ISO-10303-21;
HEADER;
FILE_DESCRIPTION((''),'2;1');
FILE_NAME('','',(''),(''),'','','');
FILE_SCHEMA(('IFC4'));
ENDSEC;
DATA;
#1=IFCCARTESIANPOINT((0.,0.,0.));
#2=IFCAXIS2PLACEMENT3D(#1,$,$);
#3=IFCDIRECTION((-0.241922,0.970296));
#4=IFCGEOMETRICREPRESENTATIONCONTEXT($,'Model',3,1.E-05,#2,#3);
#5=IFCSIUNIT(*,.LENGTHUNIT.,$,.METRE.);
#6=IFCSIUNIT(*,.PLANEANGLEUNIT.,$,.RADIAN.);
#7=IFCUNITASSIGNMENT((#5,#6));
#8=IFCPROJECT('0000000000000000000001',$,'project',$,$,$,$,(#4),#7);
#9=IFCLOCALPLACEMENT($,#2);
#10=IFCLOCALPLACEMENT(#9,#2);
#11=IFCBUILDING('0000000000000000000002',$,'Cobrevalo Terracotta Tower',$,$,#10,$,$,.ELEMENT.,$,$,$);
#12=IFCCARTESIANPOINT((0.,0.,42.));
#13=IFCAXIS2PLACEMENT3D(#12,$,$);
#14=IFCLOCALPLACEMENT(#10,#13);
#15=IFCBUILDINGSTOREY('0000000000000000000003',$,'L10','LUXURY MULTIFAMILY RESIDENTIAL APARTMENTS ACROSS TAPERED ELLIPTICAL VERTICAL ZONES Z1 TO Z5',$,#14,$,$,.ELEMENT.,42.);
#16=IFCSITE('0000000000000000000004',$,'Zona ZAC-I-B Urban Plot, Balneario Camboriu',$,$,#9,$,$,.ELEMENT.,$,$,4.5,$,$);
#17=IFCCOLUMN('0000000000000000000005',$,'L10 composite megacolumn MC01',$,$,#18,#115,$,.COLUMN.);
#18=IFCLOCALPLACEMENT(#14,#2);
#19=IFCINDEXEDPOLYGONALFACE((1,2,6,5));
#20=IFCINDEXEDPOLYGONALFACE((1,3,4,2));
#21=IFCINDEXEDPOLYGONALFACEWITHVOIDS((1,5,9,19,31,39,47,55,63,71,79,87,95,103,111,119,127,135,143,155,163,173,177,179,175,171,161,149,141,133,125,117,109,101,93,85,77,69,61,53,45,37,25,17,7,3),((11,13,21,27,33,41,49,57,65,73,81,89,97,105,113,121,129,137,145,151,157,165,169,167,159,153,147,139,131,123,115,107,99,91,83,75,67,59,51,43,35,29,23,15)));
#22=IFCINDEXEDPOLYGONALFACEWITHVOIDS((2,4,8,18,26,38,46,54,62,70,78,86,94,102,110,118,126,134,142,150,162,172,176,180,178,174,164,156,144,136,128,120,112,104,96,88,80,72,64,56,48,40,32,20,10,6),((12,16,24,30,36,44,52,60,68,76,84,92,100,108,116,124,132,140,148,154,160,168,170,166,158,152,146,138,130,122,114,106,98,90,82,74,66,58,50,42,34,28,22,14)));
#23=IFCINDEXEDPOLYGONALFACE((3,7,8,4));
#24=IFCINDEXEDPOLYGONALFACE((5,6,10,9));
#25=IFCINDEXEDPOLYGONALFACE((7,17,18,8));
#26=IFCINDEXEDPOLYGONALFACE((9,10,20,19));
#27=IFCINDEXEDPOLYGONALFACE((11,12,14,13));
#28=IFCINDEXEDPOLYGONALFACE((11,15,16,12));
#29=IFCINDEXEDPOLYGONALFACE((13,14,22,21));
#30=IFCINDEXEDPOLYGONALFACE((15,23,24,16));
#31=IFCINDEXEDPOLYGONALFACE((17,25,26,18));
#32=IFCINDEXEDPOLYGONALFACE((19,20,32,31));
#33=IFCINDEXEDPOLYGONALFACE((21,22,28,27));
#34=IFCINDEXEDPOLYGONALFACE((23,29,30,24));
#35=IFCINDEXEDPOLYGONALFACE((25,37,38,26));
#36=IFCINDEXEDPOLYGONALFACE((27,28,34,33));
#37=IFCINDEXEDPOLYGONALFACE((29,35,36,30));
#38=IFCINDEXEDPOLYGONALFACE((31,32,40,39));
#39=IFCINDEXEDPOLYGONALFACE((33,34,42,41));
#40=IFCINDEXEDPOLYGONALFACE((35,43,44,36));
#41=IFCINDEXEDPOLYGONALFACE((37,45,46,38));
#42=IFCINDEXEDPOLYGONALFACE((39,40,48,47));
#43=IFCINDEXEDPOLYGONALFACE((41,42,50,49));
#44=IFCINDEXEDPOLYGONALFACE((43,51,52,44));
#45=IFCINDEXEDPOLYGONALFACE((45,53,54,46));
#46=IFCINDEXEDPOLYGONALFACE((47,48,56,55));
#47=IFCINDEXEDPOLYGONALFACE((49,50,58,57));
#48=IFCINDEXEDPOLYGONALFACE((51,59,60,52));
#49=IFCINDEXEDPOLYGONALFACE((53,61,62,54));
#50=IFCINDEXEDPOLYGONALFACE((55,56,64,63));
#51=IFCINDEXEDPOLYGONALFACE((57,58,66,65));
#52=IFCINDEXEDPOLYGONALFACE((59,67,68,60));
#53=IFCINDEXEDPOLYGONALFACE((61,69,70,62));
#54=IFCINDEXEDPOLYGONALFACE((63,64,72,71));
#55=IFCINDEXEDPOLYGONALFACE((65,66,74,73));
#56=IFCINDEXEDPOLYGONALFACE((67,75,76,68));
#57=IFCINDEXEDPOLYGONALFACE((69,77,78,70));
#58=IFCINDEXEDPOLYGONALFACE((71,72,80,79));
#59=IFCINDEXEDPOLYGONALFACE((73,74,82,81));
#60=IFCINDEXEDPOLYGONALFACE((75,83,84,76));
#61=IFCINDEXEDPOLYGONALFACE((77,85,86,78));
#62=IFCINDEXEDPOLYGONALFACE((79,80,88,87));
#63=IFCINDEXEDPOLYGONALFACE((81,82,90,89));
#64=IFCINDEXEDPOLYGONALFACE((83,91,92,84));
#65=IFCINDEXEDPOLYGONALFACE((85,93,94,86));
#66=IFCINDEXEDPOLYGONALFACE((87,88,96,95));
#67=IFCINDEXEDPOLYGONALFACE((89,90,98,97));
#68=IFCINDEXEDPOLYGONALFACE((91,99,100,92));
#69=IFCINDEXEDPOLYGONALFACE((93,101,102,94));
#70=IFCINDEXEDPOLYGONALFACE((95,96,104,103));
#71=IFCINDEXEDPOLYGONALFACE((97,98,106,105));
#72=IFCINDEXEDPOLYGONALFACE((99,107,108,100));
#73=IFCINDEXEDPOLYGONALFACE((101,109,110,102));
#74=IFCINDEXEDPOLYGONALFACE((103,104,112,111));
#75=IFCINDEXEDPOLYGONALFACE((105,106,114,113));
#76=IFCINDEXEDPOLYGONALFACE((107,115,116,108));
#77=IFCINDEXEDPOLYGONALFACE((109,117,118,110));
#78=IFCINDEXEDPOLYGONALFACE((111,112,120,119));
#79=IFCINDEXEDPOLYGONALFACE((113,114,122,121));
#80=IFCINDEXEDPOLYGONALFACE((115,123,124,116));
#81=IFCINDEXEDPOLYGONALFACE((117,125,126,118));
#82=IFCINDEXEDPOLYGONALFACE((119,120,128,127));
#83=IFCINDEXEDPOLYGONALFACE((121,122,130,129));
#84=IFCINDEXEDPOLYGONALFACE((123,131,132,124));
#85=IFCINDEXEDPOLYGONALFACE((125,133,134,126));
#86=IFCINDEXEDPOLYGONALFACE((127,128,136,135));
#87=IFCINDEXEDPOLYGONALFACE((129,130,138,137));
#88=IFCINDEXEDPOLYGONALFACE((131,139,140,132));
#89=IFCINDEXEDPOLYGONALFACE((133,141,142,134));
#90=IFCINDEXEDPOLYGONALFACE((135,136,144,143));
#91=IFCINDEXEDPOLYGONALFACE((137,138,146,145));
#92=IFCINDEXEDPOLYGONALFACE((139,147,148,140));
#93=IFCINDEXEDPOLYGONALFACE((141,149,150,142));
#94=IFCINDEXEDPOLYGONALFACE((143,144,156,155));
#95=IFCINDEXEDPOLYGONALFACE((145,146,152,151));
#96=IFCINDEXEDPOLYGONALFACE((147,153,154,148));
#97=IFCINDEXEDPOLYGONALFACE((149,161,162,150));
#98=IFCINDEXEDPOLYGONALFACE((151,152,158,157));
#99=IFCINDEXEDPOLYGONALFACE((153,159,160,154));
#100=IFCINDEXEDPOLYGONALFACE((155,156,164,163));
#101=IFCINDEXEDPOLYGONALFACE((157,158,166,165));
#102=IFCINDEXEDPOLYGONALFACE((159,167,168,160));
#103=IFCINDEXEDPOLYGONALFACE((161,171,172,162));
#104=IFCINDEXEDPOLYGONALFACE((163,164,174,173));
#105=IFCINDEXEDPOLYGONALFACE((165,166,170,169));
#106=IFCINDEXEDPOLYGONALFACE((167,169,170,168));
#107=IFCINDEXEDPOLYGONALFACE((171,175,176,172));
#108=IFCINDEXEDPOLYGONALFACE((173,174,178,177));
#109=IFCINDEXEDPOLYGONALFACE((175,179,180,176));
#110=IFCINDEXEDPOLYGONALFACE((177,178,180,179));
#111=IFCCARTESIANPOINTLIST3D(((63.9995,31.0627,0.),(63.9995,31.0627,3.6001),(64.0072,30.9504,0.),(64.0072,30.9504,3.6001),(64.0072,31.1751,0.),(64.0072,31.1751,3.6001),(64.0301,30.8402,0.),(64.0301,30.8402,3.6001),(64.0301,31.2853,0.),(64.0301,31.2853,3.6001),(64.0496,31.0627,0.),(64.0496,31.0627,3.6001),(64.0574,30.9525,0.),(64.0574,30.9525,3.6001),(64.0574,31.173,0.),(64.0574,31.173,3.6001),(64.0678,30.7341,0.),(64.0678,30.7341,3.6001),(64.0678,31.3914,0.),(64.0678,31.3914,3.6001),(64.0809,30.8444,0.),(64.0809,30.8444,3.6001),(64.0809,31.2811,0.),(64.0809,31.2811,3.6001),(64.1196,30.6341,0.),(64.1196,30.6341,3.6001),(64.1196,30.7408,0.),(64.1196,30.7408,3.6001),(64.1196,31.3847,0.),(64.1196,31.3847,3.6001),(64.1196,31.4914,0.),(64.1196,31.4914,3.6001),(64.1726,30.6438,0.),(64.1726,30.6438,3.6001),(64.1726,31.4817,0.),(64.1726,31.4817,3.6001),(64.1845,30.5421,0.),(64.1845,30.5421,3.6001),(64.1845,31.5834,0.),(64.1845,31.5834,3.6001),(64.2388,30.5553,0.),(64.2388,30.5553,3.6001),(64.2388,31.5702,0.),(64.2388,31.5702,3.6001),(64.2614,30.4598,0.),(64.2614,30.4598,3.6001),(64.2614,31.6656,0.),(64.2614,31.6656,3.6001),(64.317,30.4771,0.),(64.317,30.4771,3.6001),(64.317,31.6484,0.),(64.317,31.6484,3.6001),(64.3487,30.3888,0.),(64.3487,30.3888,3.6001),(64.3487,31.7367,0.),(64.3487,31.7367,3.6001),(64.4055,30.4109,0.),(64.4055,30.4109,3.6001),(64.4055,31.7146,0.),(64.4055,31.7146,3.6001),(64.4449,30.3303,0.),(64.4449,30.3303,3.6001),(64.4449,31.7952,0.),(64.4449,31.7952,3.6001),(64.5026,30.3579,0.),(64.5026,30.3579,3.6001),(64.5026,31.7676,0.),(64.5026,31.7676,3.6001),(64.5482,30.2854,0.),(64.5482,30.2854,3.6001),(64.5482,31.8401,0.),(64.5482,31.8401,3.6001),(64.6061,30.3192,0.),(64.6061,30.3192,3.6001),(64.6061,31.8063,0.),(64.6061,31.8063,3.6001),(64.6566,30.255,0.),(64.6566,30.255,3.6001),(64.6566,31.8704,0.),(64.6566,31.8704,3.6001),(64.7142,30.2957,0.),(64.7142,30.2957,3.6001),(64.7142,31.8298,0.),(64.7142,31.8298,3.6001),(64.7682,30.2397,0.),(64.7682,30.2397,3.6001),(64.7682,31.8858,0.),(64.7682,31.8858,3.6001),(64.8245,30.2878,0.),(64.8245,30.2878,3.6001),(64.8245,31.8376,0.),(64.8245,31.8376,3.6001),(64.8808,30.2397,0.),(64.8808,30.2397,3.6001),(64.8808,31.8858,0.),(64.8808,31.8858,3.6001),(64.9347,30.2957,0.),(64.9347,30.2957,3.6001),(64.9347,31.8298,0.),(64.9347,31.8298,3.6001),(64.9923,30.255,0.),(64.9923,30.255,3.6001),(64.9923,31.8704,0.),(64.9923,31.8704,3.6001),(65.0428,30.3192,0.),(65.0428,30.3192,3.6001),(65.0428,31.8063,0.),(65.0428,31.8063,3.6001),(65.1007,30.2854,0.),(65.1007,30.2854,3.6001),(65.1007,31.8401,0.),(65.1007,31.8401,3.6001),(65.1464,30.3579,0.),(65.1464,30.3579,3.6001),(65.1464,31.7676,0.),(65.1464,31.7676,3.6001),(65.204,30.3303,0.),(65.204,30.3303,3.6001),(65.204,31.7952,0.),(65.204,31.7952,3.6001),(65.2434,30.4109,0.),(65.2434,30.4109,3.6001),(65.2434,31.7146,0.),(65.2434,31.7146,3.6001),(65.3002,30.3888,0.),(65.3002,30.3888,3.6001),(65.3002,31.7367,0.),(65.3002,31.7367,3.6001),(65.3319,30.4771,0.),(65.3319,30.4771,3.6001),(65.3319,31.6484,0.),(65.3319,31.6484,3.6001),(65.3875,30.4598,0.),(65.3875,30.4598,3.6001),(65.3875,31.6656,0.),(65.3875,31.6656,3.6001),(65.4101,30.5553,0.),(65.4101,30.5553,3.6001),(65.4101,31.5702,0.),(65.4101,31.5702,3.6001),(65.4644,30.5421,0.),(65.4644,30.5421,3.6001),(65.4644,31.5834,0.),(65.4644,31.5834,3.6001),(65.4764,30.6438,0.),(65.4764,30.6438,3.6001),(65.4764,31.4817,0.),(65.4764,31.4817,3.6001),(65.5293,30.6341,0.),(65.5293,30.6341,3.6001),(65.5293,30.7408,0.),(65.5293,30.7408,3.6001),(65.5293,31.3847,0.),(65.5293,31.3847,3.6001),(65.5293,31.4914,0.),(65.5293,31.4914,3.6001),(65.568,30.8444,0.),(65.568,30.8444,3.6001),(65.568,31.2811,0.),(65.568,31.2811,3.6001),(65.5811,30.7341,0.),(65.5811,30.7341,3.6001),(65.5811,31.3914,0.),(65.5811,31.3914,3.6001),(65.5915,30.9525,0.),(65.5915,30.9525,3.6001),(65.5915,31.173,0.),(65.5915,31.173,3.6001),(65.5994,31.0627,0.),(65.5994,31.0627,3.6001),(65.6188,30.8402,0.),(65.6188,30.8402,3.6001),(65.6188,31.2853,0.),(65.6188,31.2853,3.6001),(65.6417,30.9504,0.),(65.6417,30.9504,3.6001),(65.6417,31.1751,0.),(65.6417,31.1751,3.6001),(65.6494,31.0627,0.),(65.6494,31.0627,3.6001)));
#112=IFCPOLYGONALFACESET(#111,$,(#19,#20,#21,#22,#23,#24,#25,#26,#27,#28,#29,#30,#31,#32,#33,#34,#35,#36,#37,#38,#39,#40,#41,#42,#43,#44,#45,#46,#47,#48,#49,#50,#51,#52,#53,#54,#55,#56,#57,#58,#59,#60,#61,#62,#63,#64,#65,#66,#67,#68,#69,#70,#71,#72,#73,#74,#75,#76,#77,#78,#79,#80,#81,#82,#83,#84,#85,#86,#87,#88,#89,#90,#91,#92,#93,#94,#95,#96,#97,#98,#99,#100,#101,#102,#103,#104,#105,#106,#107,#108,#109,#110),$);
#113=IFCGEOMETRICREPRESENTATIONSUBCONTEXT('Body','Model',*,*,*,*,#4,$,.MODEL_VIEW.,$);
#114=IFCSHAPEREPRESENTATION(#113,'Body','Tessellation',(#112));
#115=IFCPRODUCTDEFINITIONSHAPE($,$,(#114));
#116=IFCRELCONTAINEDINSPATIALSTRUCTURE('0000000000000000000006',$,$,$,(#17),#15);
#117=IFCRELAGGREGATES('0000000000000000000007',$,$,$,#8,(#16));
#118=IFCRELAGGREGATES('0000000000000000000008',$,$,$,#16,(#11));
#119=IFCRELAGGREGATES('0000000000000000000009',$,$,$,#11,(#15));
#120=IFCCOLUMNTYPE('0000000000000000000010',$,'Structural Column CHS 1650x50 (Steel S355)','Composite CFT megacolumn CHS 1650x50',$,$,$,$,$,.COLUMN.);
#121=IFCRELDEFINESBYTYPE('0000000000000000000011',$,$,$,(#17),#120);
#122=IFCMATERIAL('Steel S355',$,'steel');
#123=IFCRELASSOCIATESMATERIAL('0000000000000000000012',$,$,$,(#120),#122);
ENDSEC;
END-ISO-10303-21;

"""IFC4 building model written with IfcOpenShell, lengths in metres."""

from ifc_helpers import new_model, si_unit, direction, frame, origin, origin_2d, place, context, subcontext, project, spatial, hollow_circle, extrude, material, material_profile, profile_set, type_object, element, save


model = new_model("IFC4")

# Units and contexts
model_context = context("Model", 3, precision=1e-05, world=origin(), true_north=direction((-0.241922, 0.970296)))
body_context = subcontext(model_context, "Body", "Model", "MODEL_VIEW")
ifc_project = project(units=[si_unit("LENGTHUNIT", "METRE"), si_unit("PLANEANGLEUNIT", "RADIAN")], contexts=[model_context])

# Site, building, storey
site_placement = place(None, origin())
site = spatial("IfcSite", under=ifc_project, at=site_placement, Name="Zona ZAC-I-B Urban Plot, Balneario Camboriu", CompositionType="ELEMENT", RefElevation=4.5)
building_placement = place(site_placement, origin())
building = spatial("IfcBuilding", under=site, at=building_placement, Name="Cobrevalo Terracotta Tower", CompositionType="ELEMENT")
storey_placement = place(building_placement, frame((0.0, 0.0, 42.0)))
storey = spatial("IfcBuildingStorey", under=building, at=storey_placement, Name="L10", Description="LUXURY MULTIFAMILY RESIDENTIAL APARTMENTS ACROSS TAPERED ELLIPTICAL VERTICAL ZONES Z1 TO Z5", CompositionType="ELEMENT", Elevation=42.0)

# Column
ifc_material_1 = material(Name="Steel S355", Category="steel")
ifc_material_profile_1 = material_profile(ifc_material_1, hollow_circle(Radius=0.825, WallThickness=0.05, at=origin_2d()), Name="CHS 1650x50")
ifc_profile_set_1 = profile_set([ifc_material_profile_1], Name="Steel S355")
column_type = type_object("IfcColumnType", Name="Structural Column CHS 1650x50 (Steel S355)", Description="Composite CFT megacolumn CHS 1650x50", PredefinedType="COLUMN", material=ifc_profile_set_1)
for number, where, z_axis, x_axis, name in (
    (1, (64.8245, 31.0627, 0.0), (0.0, 0.0, 1.0), (1.0, 0.0, 0.0), "L10 composite megacolumn MC01"),
):
    element("IfcColumn", number, at=place(storey_placement, frame(where, z_axis=z_axis, x_axis=x_axis)), inside=storey, type_object=column_type, Name=name, PredefinedType="COLUMN", context=body_context, shape_type="SweptSolid", body=[
        extrude(hollow_circle(Radius=0.825, WallThickness=0.05, at=origin_2d()), origin(), (0.0, 0.0, 1.0), 3.6001),
    ])

save(model, "model.ifc")
